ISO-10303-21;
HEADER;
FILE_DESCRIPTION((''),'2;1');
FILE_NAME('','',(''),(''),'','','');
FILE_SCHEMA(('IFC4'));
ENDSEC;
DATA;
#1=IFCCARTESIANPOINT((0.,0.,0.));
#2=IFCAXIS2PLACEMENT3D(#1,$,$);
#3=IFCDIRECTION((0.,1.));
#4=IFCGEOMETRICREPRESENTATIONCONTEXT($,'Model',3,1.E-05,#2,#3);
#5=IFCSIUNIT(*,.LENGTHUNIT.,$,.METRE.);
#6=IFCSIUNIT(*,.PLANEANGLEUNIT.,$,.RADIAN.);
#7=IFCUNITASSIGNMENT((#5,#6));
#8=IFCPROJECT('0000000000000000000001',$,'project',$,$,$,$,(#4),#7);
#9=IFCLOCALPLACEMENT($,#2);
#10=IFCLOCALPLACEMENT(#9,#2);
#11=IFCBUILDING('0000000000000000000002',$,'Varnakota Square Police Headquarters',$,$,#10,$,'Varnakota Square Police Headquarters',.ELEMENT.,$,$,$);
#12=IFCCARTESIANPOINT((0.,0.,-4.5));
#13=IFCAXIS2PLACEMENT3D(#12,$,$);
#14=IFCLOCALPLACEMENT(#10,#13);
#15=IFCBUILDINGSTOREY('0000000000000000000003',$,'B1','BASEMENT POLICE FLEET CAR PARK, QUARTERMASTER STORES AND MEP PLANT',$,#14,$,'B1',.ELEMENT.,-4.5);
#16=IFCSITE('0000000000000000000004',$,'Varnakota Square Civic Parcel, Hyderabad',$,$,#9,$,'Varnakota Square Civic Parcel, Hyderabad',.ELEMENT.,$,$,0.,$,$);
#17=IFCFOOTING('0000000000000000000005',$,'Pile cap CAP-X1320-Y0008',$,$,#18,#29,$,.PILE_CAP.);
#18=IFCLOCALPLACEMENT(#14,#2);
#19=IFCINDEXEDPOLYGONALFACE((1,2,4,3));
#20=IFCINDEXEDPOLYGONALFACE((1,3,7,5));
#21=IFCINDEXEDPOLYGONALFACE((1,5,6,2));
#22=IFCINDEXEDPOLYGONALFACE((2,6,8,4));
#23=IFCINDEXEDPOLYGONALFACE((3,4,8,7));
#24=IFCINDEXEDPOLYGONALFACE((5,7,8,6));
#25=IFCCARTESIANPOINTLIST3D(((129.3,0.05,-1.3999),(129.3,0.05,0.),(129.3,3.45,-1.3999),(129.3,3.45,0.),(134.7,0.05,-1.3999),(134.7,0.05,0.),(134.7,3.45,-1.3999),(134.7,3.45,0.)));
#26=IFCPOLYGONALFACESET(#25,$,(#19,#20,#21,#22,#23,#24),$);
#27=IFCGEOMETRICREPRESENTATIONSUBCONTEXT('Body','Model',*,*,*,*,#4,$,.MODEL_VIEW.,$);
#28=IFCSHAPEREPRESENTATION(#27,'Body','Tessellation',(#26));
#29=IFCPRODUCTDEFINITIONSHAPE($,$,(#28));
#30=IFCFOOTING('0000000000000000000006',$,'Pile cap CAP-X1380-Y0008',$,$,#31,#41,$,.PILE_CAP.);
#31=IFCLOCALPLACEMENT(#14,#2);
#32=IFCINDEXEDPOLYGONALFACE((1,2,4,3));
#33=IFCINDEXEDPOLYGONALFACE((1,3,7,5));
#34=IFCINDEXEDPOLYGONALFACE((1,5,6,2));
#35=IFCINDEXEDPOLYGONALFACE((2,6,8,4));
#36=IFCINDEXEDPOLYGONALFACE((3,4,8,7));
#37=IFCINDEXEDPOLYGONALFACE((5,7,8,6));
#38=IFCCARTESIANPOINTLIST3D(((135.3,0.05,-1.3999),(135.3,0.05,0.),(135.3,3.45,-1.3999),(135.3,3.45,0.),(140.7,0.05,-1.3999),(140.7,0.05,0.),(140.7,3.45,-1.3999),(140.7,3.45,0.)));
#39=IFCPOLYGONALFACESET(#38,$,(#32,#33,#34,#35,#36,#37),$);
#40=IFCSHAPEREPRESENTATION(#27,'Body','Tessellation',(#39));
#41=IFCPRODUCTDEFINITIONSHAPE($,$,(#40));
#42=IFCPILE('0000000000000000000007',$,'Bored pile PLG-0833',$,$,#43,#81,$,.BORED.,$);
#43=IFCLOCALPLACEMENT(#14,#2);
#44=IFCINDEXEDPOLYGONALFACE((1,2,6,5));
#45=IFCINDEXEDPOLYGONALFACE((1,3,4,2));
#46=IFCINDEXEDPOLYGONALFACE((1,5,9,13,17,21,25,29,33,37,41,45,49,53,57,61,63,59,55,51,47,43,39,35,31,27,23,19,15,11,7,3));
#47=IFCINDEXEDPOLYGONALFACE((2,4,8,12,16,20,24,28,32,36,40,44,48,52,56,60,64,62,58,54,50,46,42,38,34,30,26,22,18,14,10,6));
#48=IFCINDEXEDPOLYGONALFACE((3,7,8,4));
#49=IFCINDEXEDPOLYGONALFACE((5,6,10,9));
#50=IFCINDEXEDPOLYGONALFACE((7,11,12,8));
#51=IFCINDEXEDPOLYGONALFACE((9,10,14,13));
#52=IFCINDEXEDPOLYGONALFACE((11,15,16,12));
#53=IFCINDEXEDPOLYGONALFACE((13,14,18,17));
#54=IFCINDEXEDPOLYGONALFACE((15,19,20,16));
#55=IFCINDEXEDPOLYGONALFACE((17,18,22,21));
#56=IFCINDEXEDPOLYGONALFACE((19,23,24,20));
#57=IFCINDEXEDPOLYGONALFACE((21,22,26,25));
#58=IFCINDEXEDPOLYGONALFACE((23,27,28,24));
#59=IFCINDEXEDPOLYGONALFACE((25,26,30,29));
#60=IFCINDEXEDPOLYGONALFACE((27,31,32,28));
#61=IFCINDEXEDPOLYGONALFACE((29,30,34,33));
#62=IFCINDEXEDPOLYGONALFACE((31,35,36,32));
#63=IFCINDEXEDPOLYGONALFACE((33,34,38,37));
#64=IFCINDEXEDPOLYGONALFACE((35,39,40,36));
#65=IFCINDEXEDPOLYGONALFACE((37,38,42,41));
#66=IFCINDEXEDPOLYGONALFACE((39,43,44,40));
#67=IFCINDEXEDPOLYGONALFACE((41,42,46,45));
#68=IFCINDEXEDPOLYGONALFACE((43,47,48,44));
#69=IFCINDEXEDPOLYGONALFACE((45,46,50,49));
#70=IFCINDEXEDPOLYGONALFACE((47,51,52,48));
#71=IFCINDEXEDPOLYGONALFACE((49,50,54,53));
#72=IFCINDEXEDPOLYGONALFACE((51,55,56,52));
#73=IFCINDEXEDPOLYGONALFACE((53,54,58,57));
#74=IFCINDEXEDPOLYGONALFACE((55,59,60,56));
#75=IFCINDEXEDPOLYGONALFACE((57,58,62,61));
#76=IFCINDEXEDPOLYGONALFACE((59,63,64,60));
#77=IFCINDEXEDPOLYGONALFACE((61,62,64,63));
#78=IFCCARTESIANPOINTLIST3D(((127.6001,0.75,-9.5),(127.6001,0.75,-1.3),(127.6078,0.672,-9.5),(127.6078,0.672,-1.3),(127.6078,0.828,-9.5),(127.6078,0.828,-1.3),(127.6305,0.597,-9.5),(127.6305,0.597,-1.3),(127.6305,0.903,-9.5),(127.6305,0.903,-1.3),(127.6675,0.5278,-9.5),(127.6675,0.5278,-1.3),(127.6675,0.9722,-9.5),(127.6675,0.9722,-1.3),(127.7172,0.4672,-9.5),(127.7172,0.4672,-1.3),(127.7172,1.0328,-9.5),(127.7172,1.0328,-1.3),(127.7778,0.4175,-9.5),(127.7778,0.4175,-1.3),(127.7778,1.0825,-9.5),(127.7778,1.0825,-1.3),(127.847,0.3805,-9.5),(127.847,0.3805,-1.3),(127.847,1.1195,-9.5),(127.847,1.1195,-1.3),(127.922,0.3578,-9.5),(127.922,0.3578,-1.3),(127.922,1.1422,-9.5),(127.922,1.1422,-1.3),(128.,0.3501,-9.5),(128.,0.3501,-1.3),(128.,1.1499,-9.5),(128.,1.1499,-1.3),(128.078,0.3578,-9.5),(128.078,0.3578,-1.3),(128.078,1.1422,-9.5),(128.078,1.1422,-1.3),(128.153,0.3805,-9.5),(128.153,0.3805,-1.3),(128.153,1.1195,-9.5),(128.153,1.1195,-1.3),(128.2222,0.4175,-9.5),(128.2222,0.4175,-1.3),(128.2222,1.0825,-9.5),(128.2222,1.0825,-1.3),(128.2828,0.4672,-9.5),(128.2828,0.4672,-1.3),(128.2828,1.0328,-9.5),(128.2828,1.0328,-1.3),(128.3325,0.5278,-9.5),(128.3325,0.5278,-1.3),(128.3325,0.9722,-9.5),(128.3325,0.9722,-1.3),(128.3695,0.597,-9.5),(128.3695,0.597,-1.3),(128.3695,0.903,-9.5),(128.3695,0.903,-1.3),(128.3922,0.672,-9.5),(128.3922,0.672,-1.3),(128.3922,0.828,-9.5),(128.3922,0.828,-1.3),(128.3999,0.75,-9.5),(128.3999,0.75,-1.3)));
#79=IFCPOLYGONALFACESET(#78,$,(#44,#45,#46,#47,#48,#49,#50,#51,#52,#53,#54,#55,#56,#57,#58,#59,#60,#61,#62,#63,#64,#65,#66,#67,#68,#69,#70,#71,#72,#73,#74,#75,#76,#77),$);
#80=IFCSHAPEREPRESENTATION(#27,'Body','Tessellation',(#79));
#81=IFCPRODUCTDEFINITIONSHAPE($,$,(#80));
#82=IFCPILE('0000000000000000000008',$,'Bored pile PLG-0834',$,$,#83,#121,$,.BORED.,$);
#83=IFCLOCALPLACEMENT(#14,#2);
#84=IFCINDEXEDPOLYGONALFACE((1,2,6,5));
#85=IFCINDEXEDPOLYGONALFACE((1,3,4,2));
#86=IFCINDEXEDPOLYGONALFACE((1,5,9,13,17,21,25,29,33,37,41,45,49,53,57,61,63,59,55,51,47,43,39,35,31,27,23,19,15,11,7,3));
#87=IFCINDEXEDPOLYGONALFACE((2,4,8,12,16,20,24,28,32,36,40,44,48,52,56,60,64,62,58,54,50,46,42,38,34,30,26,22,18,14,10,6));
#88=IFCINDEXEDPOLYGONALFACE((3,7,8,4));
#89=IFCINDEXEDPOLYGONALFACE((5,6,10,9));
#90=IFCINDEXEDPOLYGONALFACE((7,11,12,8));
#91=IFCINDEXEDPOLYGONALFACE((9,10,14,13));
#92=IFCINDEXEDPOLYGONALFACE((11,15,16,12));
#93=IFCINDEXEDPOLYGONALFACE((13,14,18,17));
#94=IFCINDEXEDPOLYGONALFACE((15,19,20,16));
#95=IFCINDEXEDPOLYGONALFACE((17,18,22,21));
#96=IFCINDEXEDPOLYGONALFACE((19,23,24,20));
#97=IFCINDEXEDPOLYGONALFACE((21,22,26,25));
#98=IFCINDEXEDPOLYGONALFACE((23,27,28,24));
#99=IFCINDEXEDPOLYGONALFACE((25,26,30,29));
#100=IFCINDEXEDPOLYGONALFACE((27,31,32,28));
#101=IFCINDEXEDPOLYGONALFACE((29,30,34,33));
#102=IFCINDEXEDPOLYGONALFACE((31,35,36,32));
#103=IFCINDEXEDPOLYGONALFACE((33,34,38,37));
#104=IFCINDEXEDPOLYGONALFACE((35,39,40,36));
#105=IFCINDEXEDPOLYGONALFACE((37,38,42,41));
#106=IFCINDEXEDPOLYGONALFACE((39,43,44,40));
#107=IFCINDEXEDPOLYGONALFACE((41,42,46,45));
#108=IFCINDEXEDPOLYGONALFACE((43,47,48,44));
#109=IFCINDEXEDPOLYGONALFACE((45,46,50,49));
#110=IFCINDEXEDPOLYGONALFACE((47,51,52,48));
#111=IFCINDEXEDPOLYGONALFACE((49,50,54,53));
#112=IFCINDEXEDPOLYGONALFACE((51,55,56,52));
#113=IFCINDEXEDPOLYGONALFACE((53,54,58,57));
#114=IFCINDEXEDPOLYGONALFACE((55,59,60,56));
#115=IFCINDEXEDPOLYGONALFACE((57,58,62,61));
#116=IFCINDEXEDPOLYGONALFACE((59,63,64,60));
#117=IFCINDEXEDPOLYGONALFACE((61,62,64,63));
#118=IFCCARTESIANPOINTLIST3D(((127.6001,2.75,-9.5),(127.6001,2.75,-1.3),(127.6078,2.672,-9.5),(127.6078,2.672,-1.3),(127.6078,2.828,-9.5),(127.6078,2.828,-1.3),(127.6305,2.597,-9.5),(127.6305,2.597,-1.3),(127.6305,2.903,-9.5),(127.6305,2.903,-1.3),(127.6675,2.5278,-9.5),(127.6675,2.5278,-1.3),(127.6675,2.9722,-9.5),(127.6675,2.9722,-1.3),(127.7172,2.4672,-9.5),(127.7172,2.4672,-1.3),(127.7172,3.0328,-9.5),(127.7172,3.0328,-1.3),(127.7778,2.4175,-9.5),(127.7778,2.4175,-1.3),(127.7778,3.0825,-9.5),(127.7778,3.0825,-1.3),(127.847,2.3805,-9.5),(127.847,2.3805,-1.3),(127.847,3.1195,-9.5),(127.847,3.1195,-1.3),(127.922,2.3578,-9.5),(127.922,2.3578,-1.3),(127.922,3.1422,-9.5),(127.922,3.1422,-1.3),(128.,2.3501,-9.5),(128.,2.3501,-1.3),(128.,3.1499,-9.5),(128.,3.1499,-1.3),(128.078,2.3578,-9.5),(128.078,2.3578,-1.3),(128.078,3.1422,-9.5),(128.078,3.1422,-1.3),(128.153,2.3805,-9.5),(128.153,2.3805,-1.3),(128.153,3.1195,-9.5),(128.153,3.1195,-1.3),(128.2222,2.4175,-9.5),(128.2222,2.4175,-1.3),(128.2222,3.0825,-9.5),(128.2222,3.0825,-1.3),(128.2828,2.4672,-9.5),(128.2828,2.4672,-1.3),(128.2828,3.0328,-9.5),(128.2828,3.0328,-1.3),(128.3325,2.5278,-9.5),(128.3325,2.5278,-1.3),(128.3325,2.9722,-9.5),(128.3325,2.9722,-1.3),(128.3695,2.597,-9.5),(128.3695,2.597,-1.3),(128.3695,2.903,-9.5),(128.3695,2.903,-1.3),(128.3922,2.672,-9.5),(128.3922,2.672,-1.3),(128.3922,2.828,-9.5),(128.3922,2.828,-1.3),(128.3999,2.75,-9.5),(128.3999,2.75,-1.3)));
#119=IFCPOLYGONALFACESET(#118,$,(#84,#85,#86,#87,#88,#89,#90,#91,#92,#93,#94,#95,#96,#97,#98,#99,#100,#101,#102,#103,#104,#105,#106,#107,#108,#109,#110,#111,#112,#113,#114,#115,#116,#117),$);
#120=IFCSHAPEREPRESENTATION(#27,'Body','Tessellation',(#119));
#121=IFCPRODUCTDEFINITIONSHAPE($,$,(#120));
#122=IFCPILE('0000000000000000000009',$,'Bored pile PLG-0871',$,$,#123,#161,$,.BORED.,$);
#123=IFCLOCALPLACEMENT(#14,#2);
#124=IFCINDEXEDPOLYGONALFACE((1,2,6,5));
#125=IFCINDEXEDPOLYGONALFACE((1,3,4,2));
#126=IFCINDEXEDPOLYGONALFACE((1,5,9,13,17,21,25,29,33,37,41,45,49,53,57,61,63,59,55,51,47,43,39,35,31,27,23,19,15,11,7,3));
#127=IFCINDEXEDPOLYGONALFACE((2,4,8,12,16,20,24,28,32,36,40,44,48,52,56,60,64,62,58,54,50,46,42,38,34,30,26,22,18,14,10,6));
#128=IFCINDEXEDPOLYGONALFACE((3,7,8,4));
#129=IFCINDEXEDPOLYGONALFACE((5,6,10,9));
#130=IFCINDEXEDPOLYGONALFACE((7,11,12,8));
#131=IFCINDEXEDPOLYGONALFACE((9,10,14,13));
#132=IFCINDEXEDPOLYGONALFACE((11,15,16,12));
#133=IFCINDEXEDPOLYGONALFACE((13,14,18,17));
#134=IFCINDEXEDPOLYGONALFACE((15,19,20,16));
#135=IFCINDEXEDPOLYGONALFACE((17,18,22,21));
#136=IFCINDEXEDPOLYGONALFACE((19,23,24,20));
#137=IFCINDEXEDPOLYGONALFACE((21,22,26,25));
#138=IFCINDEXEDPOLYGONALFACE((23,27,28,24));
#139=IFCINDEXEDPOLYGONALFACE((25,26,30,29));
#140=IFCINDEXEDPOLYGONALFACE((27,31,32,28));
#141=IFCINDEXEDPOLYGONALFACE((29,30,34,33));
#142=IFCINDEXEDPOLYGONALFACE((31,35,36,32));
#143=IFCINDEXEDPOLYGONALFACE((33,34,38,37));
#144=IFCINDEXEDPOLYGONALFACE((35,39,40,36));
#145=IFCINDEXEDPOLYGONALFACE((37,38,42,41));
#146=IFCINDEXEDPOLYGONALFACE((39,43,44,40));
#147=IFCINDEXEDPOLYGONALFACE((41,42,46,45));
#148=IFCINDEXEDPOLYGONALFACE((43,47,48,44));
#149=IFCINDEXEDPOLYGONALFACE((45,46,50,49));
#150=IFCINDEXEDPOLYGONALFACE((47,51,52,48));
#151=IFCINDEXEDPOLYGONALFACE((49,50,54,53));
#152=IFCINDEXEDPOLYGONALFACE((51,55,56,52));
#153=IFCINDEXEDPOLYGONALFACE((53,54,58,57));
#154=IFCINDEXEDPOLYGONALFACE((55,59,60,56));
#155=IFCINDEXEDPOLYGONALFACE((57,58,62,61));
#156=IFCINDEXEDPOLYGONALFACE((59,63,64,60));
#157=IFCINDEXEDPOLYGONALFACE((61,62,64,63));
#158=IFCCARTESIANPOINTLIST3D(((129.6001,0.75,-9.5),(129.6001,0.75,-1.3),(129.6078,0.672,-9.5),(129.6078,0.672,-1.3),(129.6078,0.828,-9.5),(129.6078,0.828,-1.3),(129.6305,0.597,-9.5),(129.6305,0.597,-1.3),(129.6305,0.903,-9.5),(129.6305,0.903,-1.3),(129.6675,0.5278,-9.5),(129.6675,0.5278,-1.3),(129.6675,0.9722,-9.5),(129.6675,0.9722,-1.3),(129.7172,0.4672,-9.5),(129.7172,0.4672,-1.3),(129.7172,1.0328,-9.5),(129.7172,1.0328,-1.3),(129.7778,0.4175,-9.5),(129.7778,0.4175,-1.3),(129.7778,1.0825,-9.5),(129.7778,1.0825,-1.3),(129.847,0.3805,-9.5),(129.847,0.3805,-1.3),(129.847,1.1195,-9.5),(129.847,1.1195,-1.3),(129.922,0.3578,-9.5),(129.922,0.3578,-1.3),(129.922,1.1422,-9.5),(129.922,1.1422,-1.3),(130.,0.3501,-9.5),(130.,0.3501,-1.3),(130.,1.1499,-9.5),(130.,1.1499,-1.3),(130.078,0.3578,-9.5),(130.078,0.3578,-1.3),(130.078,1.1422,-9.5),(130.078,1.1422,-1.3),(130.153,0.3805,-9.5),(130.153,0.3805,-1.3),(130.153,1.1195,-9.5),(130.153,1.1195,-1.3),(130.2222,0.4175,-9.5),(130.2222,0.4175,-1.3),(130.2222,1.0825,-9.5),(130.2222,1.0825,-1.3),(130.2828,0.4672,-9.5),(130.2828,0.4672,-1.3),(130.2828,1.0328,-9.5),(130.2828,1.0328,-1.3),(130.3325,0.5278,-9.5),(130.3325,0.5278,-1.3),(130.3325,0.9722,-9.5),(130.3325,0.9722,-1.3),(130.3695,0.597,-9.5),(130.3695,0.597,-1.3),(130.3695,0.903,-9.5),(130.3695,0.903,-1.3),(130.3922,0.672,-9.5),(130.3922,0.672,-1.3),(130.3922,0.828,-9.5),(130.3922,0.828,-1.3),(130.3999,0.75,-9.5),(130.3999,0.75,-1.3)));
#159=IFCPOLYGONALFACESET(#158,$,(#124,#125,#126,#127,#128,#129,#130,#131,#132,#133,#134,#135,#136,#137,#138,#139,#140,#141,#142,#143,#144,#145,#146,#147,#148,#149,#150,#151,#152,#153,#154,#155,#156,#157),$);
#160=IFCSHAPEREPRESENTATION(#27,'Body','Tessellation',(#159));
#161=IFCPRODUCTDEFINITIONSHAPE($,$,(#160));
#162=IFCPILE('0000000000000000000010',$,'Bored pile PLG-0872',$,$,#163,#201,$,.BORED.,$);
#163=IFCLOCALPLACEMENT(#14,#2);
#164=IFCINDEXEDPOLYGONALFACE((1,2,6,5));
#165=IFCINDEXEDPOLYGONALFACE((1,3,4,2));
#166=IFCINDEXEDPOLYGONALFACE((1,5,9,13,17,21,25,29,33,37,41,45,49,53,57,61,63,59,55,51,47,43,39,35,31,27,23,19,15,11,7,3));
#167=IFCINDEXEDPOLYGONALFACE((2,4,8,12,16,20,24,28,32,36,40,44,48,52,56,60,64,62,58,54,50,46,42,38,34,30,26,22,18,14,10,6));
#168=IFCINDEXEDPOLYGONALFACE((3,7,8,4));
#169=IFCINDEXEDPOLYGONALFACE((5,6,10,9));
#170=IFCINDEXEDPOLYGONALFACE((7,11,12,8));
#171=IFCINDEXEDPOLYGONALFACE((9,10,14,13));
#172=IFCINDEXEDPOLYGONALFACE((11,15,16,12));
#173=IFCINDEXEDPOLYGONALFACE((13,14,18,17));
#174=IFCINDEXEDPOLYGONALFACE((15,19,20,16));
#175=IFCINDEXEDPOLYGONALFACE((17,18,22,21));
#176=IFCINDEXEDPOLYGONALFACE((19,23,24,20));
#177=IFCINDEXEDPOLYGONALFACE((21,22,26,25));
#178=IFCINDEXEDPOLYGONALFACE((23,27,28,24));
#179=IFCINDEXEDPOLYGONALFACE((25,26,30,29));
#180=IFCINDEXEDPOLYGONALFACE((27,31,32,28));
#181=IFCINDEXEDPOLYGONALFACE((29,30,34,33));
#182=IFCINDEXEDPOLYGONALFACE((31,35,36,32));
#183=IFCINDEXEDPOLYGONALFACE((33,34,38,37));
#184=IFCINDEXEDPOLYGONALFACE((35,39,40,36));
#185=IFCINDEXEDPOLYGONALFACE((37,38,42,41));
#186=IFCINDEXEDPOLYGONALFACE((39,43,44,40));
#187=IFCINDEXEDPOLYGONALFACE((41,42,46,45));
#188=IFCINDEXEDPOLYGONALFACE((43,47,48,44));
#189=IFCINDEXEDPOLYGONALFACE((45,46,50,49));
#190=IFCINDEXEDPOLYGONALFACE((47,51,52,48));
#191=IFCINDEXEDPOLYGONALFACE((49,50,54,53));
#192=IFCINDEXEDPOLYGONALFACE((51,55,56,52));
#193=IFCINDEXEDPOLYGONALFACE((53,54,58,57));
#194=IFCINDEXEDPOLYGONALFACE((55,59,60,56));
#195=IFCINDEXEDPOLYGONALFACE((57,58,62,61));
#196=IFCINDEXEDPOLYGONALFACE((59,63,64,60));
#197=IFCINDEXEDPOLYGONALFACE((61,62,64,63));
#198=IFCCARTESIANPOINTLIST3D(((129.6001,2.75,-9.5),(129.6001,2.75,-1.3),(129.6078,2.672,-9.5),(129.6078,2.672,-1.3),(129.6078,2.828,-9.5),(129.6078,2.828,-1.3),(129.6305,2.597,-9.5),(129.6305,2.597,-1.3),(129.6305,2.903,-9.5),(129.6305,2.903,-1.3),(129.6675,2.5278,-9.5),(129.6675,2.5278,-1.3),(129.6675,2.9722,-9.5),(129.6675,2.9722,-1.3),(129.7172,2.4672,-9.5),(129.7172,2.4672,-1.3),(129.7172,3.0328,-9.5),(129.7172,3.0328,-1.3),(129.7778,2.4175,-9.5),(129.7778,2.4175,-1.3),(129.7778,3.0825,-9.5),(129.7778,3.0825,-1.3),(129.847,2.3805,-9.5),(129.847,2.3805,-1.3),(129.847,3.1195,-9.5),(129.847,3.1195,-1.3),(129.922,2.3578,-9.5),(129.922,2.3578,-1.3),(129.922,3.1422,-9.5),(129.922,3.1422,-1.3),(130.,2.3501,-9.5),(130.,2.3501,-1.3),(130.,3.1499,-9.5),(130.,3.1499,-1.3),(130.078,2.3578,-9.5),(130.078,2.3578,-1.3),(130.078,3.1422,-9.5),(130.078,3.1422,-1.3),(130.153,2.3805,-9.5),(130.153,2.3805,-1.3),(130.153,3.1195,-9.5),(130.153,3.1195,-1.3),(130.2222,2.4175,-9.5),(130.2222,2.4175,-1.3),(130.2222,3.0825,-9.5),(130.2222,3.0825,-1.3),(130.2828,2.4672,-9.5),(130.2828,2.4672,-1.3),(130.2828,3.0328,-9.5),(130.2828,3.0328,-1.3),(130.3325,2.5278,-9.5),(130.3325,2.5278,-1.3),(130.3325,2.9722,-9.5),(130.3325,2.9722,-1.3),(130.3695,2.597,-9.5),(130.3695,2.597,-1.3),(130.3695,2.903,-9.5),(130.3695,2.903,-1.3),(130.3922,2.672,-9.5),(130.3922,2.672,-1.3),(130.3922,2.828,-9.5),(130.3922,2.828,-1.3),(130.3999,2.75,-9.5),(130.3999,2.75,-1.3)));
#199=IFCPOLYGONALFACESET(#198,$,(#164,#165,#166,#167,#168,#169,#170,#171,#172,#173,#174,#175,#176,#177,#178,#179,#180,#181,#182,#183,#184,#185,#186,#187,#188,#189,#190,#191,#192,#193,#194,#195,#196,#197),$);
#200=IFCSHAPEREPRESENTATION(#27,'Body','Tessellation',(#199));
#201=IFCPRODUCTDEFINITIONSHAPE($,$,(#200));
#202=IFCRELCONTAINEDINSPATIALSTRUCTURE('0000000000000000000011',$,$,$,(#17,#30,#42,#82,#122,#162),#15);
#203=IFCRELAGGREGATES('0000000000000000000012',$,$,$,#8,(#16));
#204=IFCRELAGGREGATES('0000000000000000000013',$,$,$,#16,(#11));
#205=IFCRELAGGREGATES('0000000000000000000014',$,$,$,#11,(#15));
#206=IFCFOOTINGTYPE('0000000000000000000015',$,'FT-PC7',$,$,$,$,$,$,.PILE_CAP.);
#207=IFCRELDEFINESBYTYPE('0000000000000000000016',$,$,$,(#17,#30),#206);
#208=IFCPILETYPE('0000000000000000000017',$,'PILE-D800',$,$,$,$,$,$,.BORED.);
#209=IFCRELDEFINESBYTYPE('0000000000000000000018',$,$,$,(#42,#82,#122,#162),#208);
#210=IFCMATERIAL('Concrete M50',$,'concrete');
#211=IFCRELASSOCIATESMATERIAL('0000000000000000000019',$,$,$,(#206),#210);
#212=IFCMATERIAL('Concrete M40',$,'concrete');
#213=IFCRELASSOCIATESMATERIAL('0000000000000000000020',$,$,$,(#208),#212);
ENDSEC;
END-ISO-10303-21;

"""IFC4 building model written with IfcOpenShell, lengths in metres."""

from ifc_helpers import new_model, si_unit, direction, frame, origin, origin_2d, place, context, subcontext, project, spatial, rectangle, circle, extrude, material, material_profile, profile_set, type_object, element, save


model = new_model("IFC4")

# Units and contexts
model_context = context("Model", 3, precision=1e-05, world=origin(), true_north=direction((0.0, 1.0)))
body_context = subcontext(model_context, "Body", "Model", "MODEL_VIEW")
ifc_project = project(units=[si_unit("LENGTHUNIT", "METRE"), si_unit("PLANEANGLEUNIT", "RADIAN")], contexts=[model_context])

# Site, building, storey
site_placement = place(None, origin())
site = spatial("IfcSite", under=ifc_project, at=site_placement, Name="Varnakota Square Civic Parcel, Hyderabad", LongName="Varnakota Square Civic Parcel, Hyderabad", CompositionType="ELEMENT", RefElevation=0.0)
building_placement = place(site_placement, origin())
building = spatial("IfcBuilding", under=site, at=building_placement, Name="Varnakota Square Police Headquarters", LongName="Varnakota Square Police Headquarters", CompositionType="ELEMENT")
storey_placement = place(building_placement, frame((0.0, 0.0, -4.5)))
storey = spatial("IfcBuildingStorey", under=building, at=storey_placement, Name="B1", Description="BASEMENT POLICE FLEET CAR PARK, QUARTERMASTER STORES AND MEP PLANT", LongName="B1", CompositionType="ELEMENT", Elevation=-4.5)

# Footings
ifc_material_1 = material(Name="Concrete M50", Category="concrete")
footing_type = type_object("IfcFootingType", Name="FT-PC7", PredefinedType="PILE_CAP", material=ifc_material_1)
for number, where, z_axis, x_axis, name in (
    (1, (132.0, 1.75, -1.3999), (0.0, 0.0, 1.0), (1.0, 0.0, 0.0), "Pile cap CAP-X1320-Y0008"),
    (2, (138.0, 1.75, -1.3999), (0.0, 0.0, 1.0), (1.0, 0.0, 0.0), "Pile cap CAP-X1380-Y0008"),
):
    element("IfcFooting", number, at=place(storey_placement, frame(where, z_axis=z_axis, x_axis=x_axis)), inside=storey, type_object=footing_type, Name=name, PredefinedType="PILE_CAP", context=body_context, shape_type="SweptSolid", body=[
        extrude(rectangle(XDim=5.3999, YDim=3.3999, at=origin_2d()), origin(), (0.0, 0.0, 1.0), 1.3999),
    ])

# Piles
ifc_material_2 = material(Name="Concrete M40", Category="concrete")
ifc_material_profile_1 = material_profile(ifc_material_2, circle(Radius=0.3999, at=origin_2d()), Name="BORED PILE 800")
ifc_profile_set_1 = profile_set([ifc_material_profile_1], Name="Concrete M40")
pile_type = type_object("IfcPileType", Name="PILE-D800", PredefinedType="BORED", material=ifc_profile_set_1)
for number, where, z_axis, x_axis, name in (
    (3, (128.0, 0.75, -1.3), (0.0, 0.0, -1.0), (1.0, 0.0, 0.0), "Bored pile PLG-0833"),
    (4, (128.0, 2.75, -1.3), (0.0, 0.0, -1.0), (1.0, 0.0, 0.0), "Bored pile PLG-0834"),
    (5, (130.0, 0.75, -1.3), (0.0, 0.0, -1.0), (1.0, 0.0, 0.0), "Bored pile PLG-0871"),
    (6, (130.0, 2.75, -1.3), (0.0, 0.0, -1.0), (1.0, 0.0, 0.0), "Bored pile PLG-0872"),
):
    element("IfcPile", number, at=place(storey_placement, frame(where, z_axis=z_axis, x_axis=x_axis)), inside=storey, type_object=pile_type, Name=name, PredefinedType="BORED", context=body_context, shape_type="SweptSolid", body=[
        extrude(circle(Radius=0.3999, at=origin_2d()), origin(), (0.0, 0.0, 1.0), 8.2),
    ])

save(model, "model.ifc")
